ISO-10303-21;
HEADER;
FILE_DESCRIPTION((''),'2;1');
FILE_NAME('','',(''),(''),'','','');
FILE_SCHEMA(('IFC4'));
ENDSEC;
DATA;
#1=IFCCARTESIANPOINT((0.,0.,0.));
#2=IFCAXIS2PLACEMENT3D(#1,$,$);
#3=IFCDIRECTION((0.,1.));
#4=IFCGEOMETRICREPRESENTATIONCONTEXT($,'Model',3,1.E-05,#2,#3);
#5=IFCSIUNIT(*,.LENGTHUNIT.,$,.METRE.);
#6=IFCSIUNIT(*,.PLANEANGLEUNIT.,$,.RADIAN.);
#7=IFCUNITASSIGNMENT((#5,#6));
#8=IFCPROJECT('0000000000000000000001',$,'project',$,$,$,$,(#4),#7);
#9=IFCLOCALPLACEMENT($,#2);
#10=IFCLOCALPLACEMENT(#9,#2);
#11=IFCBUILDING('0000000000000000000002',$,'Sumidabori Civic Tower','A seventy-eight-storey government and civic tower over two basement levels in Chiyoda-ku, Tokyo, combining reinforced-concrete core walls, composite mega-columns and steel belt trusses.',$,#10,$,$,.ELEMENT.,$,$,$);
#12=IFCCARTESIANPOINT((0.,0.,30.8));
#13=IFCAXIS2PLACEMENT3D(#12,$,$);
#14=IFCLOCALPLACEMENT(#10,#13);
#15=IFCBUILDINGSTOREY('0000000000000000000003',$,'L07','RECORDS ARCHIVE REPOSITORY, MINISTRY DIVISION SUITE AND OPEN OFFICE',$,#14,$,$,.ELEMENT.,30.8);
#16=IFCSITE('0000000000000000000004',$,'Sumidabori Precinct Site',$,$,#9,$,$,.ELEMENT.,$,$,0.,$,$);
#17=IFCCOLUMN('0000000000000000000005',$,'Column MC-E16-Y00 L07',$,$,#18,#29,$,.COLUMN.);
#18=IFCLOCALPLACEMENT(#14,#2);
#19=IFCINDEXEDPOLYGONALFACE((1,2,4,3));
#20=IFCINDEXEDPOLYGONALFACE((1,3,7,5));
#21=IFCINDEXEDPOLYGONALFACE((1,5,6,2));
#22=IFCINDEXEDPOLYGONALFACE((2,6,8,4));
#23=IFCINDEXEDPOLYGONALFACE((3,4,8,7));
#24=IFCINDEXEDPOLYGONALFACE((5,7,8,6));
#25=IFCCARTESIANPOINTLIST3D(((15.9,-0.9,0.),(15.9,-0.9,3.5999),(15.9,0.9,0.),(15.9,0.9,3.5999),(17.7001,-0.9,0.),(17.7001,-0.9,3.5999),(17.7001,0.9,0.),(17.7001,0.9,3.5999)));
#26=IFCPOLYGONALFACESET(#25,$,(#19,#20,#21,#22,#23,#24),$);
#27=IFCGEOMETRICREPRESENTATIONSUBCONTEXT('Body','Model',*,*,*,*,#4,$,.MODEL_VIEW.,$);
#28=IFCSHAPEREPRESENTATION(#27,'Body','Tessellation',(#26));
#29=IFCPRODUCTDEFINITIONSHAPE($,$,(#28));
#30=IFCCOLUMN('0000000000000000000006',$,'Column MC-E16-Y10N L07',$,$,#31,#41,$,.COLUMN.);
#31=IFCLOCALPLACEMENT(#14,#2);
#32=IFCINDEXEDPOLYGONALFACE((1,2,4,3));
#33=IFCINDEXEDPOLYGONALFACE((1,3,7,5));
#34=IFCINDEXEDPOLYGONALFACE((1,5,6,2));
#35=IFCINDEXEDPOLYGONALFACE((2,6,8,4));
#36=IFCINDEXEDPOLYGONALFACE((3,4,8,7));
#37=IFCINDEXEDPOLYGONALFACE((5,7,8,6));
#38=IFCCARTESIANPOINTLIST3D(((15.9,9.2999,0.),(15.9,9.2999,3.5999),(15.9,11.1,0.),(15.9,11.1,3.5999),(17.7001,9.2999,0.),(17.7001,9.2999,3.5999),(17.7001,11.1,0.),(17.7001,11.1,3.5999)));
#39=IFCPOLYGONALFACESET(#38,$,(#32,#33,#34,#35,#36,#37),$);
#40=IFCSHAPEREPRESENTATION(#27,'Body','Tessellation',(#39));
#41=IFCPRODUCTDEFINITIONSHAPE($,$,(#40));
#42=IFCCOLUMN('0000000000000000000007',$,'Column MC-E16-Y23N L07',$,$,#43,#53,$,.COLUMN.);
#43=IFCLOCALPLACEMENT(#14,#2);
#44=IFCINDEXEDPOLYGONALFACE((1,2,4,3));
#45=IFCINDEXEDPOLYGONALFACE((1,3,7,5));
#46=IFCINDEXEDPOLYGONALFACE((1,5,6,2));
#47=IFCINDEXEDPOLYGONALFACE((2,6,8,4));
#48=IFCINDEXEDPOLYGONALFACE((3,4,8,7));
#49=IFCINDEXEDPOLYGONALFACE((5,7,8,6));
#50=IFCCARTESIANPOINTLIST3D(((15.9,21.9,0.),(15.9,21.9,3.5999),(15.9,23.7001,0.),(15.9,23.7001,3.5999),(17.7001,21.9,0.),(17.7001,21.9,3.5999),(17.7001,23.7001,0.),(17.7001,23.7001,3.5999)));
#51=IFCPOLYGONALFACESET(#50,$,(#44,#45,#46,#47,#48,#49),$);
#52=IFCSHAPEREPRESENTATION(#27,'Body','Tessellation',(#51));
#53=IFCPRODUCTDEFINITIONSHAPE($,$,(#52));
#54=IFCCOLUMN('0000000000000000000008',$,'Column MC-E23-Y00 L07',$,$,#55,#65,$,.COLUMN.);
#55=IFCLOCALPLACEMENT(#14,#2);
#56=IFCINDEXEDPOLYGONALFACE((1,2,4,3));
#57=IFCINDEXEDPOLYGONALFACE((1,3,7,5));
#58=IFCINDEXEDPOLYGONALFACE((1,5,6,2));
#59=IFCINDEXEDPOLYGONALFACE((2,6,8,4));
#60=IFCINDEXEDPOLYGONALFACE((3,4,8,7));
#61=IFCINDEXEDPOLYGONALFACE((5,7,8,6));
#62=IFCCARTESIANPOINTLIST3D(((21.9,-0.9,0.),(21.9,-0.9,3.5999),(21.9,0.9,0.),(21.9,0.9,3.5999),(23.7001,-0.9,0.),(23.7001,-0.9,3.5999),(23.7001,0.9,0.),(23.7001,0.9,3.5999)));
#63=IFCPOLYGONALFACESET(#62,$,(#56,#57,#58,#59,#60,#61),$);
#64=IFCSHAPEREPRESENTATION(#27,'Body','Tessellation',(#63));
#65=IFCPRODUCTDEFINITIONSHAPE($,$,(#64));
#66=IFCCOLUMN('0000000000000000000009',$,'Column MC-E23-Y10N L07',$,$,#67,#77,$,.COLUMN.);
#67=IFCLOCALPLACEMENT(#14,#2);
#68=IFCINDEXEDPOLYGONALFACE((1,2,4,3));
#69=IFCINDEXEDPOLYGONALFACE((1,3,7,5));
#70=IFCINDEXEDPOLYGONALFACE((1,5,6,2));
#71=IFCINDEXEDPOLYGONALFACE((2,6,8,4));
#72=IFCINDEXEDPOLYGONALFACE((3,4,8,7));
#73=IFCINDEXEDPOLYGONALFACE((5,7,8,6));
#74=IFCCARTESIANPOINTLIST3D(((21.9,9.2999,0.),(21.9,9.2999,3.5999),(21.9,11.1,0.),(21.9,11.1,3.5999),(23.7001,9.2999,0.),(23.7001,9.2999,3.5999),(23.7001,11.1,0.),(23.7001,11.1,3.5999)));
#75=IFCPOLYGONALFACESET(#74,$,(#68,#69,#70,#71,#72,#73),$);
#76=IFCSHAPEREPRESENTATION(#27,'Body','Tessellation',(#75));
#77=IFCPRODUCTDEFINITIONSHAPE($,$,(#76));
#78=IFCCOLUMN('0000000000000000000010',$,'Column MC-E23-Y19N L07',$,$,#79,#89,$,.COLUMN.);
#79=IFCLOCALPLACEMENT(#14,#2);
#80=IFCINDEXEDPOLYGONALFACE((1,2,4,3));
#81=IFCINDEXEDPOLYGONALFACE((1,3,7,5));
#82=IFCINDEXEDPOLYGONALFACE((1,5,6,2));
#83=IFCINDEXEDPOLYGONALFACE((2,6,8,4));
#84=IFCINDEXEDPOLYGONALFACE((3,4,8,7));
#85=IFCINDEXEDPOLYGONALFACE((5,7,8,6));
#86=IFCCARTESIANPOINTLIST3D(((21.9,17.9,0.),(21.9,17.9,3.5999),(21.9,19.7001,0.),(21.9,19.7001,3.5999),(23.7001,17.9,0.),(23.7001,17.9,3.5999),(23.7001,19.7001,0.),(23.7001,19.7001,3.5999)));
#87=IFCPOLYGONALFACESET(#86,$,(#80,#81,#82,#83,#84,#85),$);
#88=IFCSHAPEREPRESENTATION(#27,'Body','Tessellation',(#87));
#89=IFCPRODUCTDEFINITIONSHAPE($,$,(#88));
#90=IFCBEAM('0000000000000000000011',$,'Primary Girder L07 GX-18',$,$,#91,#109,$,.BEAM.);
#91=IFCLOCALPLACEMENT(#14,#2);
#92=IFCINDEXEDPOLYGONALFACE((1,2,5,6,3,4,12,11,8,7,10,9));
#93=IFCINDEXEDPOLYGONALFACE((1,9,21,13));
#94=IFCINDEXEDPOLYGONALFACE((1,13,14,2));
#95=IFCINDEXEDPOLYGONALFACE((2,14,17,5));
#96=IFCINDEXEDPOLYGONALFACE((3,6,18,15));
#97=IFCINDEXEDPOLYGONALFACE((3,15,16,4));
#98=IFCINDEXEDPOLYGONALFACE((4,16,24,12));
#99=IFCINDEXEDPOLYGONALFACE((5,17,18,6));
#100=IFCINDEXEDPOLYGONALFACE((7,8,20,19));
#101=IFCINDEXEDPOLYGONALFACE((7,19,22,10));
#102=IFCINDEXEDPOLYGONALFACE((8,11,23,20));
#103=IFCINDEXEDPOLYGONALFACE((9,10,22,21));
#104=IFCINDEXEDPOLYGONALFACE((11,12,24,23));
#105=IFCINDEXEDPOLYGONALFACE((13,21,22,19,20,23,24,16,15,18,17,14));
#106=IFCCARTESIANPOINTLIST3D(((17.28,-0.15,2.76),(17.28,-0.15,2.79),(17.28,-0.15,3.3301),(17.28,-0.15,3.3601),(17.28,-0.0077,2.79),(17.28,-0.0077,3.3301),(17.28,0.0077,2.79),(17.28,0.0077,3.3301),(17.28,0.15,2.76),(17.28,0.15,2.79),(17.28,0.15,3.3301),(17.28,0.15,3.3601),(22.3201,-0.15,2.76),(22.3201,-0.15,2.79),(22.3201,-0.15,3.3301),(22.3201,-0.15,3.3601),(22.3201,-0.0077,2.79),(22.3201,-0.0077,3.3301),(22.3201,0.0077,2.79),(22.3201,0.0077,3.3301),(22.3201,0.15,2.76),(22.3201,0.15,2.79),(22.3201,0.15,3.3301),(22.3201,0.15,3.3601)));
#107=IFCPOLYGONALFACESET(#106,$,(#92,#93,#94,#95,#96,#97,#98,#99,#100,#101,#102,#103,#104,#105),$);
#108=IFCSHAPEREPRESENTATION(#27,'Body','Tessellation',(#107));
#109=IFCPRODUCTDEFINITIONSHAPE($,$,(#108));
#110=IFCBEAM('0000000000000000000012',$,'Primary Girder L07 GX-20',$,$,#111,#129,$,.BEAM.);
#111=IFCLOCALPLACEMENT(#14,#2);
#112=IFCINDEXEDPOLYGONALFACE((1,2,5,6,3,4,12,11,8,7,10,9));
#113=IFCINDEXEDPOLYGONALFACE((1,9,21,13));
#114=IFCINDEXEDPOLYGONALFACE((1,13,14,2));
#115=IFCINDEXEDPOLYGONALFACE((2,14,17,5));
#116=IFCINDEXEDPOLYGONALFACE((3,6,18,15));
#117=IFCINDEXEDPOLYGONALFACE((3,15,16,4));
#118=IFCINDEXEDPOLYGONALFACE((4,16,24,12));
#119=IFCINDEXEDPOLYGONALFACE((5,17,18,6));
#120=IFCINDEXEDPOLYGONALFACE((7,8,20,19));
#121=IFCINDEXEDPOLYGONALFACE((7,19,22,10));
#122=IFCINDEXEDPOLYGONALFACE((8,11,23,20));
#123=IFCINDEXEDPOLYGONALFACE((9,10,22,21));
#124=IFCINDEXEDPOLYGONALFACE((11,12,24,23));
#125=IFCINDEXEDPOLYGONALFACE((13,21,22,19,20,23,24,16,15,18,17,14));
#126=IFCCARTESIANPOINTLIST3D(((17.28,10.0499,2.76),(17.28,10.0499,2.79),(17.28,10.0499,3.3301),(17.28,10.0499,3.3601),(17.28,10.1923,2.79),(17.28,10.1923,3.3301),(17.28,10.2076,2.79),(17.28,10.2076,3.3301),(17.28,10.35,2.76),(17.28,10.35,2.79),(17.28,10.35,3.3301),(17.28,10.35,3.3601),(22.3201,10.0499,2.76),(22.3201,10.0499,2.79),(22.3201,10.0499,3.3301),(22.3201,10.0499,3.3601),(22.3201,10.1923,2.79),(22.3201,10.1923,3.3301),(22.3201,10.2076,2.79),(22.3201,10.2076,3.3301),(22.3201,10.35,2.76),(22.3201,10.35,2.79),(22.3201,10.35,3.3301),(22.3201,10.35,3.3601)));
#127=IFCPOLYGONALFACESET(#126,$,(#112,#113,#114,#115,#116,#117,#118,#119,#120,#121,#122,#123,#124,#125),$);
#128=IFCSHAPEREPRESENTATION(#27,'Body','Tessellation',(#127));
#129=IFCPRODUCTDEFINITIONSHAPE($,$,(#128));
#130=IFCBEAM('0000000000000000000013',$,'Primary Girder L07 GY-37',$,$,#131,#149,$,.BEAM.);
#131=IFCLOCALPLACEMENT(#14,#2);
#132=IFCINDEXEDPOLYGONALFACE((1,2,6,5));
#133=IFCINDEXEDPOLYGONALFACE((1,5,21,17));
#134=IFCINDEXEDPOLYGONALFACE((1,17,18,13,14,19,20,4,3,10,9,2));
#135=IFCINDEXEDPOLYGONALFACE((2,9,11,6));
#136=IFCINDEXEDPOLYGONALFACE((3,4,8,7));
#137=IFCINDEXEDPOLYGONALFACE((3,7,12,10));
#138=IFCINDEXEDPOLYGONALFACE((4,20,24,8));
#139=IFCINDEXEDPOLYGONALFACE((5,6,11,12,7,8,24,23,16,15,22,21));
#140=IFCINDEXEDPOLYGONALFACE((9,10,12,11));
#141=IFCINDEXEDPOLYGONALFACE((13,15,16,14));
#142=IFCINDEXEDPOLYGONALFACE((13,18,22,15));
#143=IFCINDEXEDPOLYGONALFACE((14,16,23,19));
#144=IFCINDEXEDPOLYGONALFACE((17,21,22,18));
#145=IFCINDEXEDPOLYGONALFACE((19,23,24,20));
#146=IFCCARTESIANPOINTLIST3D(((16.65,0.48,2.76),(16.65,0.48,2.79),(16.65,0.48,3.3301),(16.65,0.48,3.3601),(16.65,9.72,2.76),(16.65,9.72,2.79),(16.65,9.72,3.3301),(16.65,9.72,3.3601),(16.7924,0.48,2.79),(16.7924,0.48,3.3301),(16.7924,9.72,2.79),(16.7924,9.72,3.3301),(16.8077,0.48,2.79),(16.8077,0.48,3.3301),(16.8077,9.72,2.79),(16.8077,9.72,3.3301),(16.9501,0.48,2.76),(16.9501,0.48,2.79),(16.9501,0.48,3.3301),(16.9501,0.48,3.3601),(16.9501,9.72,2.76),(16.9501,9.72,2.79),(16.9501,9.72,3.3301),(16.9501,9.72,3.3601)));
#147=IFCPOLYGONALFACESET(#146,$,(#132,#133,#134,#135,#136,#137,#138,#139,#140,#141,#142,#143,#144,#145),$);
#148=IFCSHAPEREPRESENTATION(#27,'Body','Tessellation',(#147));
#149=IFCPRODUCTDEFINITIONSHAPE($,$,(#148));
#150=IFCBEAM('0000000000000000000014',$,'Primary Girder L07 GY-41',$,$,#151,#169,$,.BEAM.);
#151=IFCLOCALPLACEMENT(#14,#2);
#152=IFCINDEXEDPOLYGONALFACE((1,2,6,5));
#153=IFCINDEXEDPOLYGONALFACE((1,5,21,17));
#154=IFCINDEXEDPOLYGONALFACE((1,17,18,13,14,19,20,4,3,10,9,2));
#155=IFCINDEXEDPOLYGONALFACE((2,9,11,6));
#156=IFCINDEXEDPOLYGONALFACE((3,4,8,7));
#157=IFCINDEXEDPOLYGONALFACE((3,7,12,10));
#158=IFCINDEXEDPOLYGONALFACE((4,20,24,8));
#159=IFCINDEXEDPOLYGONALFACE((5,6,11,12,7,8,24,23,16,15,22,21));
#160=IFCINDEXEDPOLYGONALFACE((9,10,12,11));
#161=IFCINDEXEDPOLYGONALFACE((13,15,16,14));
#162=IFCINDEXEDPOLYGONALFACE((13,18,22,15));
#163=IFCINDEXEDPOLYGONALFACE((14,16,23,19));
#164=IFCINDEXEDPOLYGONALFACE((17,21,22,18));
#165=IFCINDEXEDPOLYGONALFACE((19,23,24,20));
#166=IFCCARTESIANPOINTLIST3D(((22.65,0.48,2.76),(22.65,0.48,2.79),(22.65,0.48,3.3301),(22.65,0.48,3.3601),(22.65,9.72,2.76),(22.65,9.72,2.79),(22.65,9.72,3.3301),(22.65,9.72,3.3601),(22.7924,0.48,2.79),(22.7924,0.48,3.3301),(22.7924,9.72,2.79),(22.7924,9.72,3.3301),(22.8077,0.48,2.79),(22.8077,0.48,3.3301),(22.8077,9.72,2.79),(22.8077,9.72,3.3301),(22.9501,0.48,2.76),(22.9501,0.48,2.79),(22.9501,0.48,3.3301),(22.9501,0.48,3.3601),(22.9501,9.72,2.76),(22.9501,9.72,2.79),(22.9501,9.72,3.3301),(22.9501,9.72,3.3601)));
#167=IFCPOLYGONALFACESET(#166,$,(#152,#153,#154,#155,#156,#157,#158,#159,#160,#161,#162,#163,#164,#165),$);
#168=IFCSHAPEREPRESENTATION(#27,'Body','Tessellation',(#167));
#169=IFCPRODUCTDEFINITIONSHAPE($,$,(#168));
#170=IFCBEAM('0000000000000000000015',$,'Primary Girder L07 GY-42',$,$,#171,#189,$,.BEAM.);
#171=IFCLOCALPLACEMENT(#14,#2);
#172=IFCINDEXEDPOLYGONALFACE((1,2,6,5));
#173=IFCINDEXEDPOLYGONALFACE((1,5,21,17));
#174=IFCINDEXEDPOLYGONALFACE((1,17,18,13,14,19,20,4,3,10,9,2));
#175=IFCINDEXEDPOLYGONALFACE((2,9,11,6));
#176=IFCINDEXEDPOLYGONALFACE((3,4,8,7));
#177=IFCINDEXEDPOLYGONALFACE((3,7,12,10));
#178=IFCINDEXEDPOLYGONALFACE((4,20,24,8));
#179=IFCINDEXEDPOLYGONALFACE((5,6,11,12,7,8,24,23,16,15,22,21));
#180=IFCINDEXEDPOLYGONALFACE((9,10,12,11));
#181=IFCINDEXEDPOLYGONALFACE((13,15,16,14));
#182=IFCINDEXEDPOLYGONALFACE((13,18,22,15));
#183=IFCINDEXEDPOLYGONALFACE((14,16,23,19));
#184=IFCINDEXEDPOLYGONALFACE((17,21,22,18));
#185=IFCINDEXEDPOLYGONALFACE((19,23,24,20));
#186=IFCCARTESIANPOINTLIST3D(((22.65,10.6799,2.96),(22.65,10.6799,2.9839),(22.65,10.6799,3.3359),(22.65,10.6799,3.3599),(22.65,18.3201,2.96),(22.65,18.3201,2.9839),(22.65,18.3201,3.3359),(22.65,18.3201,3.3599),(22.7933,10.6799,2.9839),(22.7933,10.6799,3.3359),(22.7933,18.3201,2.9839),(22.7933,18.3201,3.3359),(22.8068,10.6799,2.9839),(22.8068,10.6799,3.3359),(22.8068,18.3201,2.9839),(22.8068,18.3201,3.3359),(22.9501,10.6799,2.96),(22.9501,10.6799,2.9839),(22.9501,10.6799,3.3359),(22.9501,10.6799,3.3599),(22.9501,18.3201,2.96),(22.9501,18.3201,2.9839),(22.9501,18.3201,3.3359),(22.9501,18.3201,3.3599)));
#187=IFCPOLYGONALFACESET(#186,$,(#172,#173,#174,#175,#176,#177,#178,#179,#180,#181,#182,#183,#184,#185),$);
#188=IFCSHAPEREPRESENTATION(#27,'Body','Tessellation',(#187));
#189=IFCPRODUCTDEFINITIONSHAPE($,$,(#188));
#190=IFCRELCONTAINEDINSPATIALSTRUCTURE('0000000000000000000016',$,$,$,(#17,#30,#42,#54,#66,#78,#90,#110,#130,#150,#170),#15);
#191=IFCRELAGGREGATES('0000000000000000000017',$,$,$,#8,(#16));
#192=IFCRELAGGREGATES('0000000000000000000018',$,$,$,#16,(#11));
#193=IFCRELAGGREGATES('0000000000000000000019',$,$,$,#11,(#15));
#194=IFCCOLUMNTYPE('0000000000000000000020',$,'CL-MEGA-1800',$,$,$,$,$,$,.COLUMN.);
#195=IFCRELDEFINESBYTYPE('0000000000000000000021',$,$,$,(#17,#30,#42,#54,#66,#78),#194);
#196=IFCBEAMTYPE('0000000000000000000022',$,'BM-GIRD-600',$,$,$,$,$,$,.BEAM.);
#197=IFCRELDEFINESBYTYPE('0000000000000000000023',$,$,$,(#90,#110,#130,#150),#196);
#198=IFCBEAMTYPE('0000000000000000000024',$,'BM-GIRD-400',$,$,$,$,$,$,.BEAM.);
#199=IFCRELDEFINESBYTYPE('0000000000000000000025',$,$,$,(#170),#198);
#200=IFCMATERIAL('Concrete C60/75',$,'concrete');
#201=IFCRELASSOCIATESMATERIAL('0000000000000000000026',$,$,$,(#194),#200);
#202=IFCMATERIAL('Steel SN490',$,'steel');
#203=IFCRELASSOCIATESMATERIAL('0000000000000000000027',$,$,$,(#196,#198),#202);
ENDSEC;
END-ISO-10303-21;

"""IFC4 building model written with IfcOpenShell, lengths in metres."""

from ifc_helpers import new_model, si_unit, direction, frame, origin, origin_2d, place, context, subcontext, project, spatial, rectangle, i_section, extrude, source, transform, mapped, material, material_profile, profile_set, type_object, element, save


model = new_model("IFC4")

# Units and contexts
model_context = context("Model", 3, precision=1e-05, world=origin(), true_north=direction((0.0, 1.0)))
body_context = subcontext(model_context, "Body", "Model", "MODEL_VIEW")
ifc_project = project(units=[si_unit("LENGTHUNIT", "METRE"), si_unit("PLANEANGLEUNIT", "RADIAN")], contexts=[model_context])

# Site, building, storey
site_placement = place(None, origin())
site = spatial("IfcSite", under=ifc_project, at=site_placement, Name="Sumidabori Precinct Site", CompositionType="ELEMENT", RefElevation=0.0)
building_placement = place(site_placement, origin())
building = spatial("IfcBuilding", under=site, at=building_placement, Name="Sumidabori Civic Tower", Description="A seventy-eight-storey government and civic tower over two basement levels in Chiyoda-ku, Tokyo, combining reinforced-concrete core walls, composite mega-columns and steel belt trusses.", CompositionType="ELEMENT")
storey_placement = place(building_placement, frame((0.0, 0.0, 30.8)))
storey = spatial("IfcBuildingStorey", under=building, at=storey_placement, Name="L07", Description="RECORDS ARCHIVE REPOSITORY, MINISTRY DIVISION SUITE AND OPEN OFFICE", CompositionType="ELEMENT", Elevation=30.8)

# Columns
ifc_material_1 = material(Name="Concrete C60/75", Category="concrete")
ifc_material_profile_1 = material_profile(ifc_material_1, rectangle(XDim=1.8, YDim=1.8, at=origin_2d()), Name="RC 1800x1800")
ifc_profile_set_1 = profile_set([ifc_material_profile_1], Name="Concrete C60/75")
column_type = type_object("IfcColumnType", Name="CL-MEGA-1800", PredefinedType="COLUMN", material=ifc_profile_set_1)
shared_shape_1 = source(origin(), body_context, "Body", "SweptSolid", [
    extrude(rectangle(XDim=1.8, YDim=1.8, at=origin_2d()), origin(), (0.0, 0.0, 1.0), 3.5999),
])
for number, where, z_axis, x_axis, name in (
    (1, (16.8, 0.0, 0.0), (0.0, 0.0, 1.0), (1.0, 0.0, 0.0), "Column MC-E16-Y00 L07"),
    (2, (16.8, 10.2, 0.0), (0.0, 0.0, 1.0), (1.0, 0.0, 0.0), "Column MC-E16-Y10N L07"),
    (3, (16.8, 22.8, 0.0), (0.0, 0.0, 1.0), (1.0, 0.0, 0.0), "Column MC-E16-Y23N L07"),
    (4, (22.8, 0.0, 0.0), (0.0, 0.0, 1.0), (1.0, 0.0, 0.0), "Column MC-E23-Y00 L07"),
    (5, (22.8, 10.2, 0.0), (0.0, 0.0, 1.0), (1.0, 0.0, 0.0), "Column MC-E23-Y10N L07"),
    (6, (22.8, 18.8, 0.0), (0.0, 0.0, 1.0), (1.0, 0.0, 0.0), "Column MC-E23-Y19N L07"),
):
    element("IfcColumn", number, at=place(storey_placement, frame(where, z_axis=z_axis, x_axis=x_axis)), inside=storey, type_object=column_type, Name=name, PredefinedType="COLUMN", context=body_context, shape_type="MappedRepresentation", body=[
        mapped(shared_shape_1, transform((0.0, 0.0, 0.0), x_axis=(1.0, 0.0, 0.0), y_axis=(0.0, 1.0, 0.0), z_axis=(0.0, 0.0, 1.0), scale=1.0)),
    ])

# Beams
ifc_material_2 = material(Name="Steel SN490", Category="steel")
ifc_material_profile_2 = material_profile(ifc_material_2, i_section(OverallWidth=0.3, OverallDepth=0.6001, WebThickness=0.0154, FlangeThickness=0.03, at=origin_2d()), Name="HE 600 B")
ifc_profile_set_2 = profile_set([ifc_material_profile_2], Name="Steel SN490")
beam_type_1 = type_object("IfcBeamType", Name="BM-GIRD-600", PredefinedType="BEAM", material=ifc_profile_set_2)
shared_shape_2 = source(origin(), body_context, "Body", "SweptSolid", [
    extrude(i_section(OverallWidth=0.3, OverallDepth=0.6001, WebThickness=0.0154, FlangeThickness=0.03, at=origin_2d()), origin(), (0.0, 0.0, 1.0), 5.04),
])
for number, where, z_axis, x_axis, name in (
    (7, (17.28, 0.0, 3.0601), (1.0, 0.0, 0.0), (0.0, 1.0, 0.0), "Primary Girder L07 GX-18"),
    (8, (17.28, 10.2, 3.0601), (1.0, 0.0, 0.0), (0.0, 1.0, 0.0), "Primary Girder L07 GX-20"),
):
    element("IfcBeam", number, at=place(storey_placement, frame(where, z_axis=z_axis, x_axis=x_axis)), inside=storey, type_object=beam_type_1, Name=name, PredefinedType="BEAM", context=body_context, shape_type="MappedRepresentation", body=[
        mapped(shared_shape_2, transform((0.0, 0.0, 0.0), x_axis=(1.0, 0.0, 0.0), y_axis=(0.0, 1.0, 0.0), z_axis=(0.0, 0.0, 1.0), scale=1.0)),
    ])
shared_shape_3 = source(origin(), body_context, "Body", "SweptSolid", [
    extrude(i_section(OverallWidth=0.3, OverallDepth=0.6001, WebThickness=0.0154, FlangeThickness=0.03, at=origin_2d()), origin(), (0.0, 0.0, 1.0), 9.24),
])
for number, where, z_axis, x_axis, name in (
    (9, (16.8, 0.48, 3.0601), (0.0, 1.0, 0.0), (-1.0, 0.0, 0.0), "Primary Girder L07 GY-37"),
    (10, (22.8, 0.48, 3.0601), (0.0, 1.0, 0.0), (-1.0, 0.0, 0.0), "Primary Girder L07 GY-41"),
):
    element("IfcBeam", number, at=place(storey_placement, frame(where, z_axis=z_axis, x_axis=x_axis)), inside=storey, type_object=beam_type_1, Name=name, PredefinedType="BEAM", context=body_context, shape_type="MappedRepresentation", body=[
        mapped(shared_shape_3, transform((0.0, 0.0, 0.0), x_axis=(1.0, 0.0, 0.0), y_axis=(0.0, 1.0, 0.0), z_axis=(0.0, 0.0, 1.0), scale=1.0)),
    ])
ifc_material_profile_3 = material_profile(ifc_material_2, i_section(OverallWidth=0.3, OverallDepth=0.3999, WebThickness=0.0134, FlangeThickness=0.0239, at=origin_2d()), Name="HE 400 B")
ifc_profile_set_3 = profile_set([ifc_material_profile_3], Name="Steel SN490")
beam_type_2 = type_object("IfcBeamType", Name="BM-GIRD-400", PredefinedType="BEAM", material=ifc_profile_set_3)
shared_shape_4 = source(origin(), body_context, "Body", "SweptSolid", [
    extrude(i_section(OverallWidth=0.3, OverallDepth=0.3999, WebThickness=0.0134, FlangeThickness=0.0239, at=origin_2d()), origin(), (0.0, 0.0, 1.0), 7.6401),
])
beam_1_placement = place(storey_placement, frame((22.8, 10.6799, 3.1599), z_axis=(0.0, 1.0, 0.0), x_axis=(-1.0, 0.0, 0.0)))
element("IfcBeam", 11, at=beam_1_placement, inside=storey, type_object=beam_type_2, Name="Primary Girder L07 GY-42", PredefinedType="BEAM", context=body_context, shape_type="MappedRepresentation", body=[
    mapped(shared_shape_4, transform((0.0, 0.0, 0.0), x_axis=(1.0, 0.0, 0.0), y_axis=(0.0, 1.0, 0.0), z_axis=(0.0, 0.0, 1.0), scale=1.0)),
])

save(model, "model.ifc")
